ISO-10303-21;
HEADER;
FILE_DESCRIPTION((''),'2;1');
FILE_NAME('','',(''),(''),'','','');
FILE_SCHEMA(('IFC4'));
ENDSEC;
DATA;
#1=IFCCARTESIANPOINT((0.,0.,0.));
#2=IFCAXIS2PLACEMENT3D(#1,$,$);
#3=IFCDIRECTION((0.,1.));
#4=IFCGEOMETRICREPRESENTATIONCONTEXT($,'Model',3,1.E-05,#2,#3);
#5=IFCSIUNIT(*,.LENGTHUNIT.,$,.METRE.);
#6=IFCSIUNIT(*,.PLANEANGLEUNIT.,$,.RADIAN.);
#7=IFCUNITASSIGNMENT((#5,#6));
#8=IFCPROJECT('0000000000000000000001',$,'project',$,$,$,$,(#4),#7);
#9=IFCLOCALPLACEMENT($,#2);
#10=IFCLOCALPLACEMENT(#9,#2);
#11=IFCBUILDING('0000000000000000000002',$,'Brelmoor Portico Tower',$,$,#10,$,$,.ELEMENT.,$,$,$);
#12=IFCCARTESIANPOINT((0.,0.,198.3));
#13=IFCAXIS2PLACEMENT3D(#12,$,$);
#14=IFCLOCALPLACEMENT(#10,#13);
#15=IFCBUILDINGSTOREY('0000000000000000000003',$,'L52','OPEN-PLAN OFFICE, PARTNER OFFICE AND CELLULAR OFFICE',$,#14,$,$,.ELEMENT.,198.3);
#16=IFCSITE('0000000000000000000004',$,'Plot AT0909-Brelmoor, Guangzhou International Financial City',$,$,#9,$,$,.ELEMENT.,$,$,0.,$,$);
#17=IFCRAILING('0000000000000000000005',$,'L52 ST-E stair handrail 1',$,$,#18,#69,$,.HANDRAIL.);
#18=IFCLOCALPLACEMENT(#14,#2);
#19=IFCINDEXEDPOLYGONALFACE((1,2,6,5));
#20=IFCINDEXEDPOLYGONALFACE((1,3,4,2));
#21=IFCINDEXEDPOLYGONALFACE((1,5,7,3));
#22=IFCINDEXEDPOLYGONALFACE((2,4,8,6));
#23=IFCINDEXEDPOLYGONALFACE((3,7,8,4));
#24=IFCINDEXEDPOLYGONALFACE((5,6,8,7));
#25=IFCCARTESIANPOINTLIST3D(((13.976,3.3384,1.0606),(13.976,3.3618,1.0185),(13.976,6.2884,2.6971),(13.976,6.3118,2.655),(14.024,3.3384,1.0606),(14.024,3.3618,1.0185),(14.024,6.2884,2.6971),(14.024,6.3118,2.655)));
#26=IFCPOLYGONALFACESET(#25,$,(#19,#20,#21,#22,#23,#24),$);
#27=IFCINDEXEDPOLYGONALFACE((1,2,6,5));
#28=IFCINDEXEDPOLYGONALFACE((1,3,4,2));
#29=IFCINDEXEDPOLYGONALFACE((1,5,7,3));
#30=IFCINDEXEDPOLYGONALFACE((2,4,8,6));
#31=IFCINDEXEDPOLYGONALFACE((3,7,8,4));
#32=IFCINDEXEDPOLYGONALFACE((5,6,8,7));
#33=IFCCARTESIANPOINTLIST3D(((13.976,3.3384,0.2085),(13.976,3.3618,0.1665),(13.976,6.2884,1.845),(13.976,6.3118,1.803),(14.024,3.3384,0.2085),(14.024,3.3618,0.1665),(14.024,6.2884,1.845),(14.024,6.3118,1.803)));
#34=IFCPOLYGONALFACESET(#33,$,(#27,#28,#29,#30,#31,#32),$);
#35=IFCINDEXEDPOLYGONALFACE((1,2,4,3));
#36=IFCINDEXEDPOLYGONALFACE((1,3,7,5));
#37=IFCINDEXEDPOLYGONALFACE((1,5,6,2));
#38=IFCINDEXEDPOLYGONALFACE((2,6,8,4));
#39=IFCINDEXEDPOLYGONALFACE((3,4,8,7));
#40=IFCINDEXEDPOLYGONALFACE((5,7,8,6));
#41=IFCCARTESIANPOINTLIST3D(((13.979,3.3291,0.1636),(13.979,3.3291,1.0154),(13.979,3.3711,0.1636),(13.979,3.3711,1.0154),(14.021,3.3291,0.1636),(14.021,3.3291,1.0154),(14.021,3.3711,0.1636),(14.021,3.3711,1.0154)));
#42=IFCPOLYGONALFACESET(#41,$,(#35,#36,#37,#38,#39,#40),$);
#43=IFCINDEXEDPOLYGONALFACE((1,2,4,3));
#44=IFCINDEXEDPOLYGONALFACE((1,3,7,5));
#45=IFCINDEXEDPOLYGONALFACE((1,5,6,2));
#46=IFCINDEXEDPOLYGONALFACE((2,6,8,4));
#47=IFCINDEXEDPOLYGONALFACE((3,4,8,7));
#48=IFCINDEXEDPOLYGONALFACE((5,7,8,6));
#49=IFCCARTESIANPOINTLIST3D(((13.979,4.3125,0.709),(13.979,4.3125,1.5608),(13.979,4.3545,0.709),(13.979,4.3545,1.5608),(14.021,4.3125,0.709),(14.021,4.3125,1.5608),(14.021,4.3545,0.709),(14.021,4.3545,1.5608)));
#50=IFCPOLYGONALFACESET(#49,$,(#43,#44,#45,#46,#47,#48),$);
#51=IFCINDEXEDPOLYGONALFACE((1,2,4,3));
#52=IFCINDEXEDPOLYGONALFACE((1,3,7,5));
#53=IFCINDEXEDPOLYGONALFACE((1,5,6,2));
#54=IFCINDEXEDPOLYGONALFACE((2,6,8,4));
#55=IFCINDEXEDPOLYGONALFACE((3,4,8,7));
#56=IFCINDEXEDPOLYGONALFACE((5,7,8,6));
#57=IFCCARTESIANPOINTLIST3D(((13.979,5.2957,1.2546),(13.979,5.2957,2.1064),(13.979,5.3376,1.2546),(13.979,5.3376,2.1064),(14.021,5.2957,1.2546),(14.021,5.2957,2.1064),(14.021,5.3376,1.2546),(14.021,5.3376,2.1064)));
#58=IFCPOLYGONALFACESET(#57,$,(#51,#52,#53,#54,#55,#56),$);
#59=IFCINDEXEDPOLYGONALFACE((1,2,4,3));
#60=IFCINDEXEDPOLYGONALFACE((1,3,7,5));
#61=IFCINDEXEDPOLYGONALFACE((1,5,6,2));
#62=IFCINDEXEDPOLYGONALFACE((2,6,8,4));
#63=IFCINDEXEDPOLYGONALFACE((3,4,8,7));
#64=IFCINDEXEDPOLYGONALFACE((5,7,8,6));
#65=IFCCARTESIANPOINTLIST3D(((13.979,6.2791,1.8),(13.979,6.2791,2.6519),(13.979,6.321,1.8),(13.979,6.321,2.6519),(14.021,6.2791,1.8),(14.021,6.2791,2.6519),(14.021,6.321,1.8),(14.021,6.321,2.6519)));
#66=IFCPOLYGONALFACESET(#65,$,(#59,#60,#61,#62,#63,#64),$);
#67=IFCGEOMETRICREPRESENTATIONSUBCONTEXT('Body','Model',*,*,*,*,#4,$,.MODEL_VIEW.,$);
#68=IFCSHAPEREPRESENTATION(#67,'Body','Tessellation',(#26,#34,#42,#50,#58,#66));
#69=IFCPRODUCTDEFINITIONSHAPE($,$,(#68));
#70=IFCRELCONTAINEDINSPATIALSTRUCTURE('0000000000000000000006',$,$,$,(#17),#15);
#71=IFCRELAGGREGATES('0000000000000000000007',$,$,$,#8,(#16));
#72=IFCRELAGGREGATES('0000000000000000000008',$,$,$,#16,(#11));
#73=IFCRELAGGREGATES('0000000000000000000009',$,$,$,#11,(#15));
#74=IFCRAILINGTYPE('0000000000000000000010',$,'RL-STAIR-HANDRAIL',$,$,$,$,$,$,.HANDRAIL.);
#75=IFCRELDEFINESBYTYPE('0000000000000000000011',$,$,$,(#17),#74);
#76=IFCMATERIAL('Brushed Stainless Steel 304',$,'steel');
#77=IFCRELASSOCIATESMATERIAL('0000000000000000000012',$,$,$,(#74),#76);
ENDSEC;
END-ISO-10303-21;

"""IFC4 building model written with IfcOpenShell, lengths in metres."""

from ifc_helpers import new_model, si_unit, direction, frame, origin, origin_2d, place, context, subcontext, project, spatial, rectangle, extrude, material, type_object, element, save


model = new_model("IFC4")

# Units and contexts
model_context = context("Model", 3, precision=1e-05, world=origin(), true_north=direction((0.0, 1.0)))
body_context = subcontext(model_context, "Body", "Model", "MODEL_VIEW")
ifc_project = project(units=[si_unit("LENGTHUNIT", "METRE"), si_unit("PLANEANGLEUNIT", "RADIAN")], contexts=[model_context])

# Site, building, storey
site_placement = place(None, origin())
site = spatial("IfcSite", under=ifc_project, at=site_placement, Name="Plot AT0909-Brelmoor, Guangzhou International Financial City", CompositionType="ELEMENT", RefElevation=0.0)
building_placement = place(site_placement, origin())
building = spatial("IfcBuilding", under=site, at=building_placement, Name="Brelmoor Portico Tower", CompositionType="ELEMENT")
storey_placement = place(building_placement, frame((0.0, 0.0, 198.3)))
storey = spatial("IfcBuildingStorey", under=building, at=storey_placement, Name="L52", Description="OPEN-PLAN OFFICE, PARTNER OFFICE AND CELLULAR OFFICE", CompositionType="ELEMENT", Elevation=198.3)

# Railing
ifc_material_1 = material(Name="Brushed Stainless Steel 304", Category="steel")
railing_type = type_object("IfcRailingType", Name="RL-STAIR-HANDRAIL", PredefinedType="HANDRAIL", material=ifc_material_1)
railing_placement = place(storey_placement, frame((14.0, 3.3501, 0.1636)))
element("IfcRailing", 1, at=railing_placement, inside=storey, type_object=railing_type, Name="L52 ST-E stair handrail 1", PredefinedType="HANDRAIL", context=body_context, shape_type="SweptSolid", body=[
    extrude(rectangle(XDim=0.0481, YDim=0.0481, at=origin_2d()), frame((0.0, 0.0, 0.876), z_axis=(0.0, 0.874458, 0.485102), x_axis=(-1.0, 0.0, 0.0)), (0.0, 0.0, 1.0), 3.3735),
    extrude(rectangle(XDim=0.0481, YDim=0.0481, at=origin_2d()), frame((0.0, 0.0, 0.0239), z_axis=(0.0, 0.874458, 0.485102), x_axis=(-1.0, 0.0, 0.0)), (0.0, 0.0, 1.0), 3.3735),
    extrude(rectangle(XDim=0.042, YDim=0.042, at=origin_2d()), origin(), (0.0, 0.0, 1.0), 0.8518),
    extrude(rectangle(XDim=0.042, YDim=0.042, at=origin_2d()), frame((0.0, 0.9834, 0.5454)), (0.0, 0.0, 1.0), 0.8518),
    extrude(rectangle(XDim=0.042, YDim=0.042, at=origin_2d()), frame((0.0, 1.9666, 1.0911)), (0.0, 0.0, 1.0), 0.8518),
    extrude(rectangle(XDim=0.042, YDim=0.042, at=origin_2d()), frame((0.0, 2.95, 1.6365)), (0.0, 0.0, 1.0), 0.8518),
])

save(model, "model.ifc")
